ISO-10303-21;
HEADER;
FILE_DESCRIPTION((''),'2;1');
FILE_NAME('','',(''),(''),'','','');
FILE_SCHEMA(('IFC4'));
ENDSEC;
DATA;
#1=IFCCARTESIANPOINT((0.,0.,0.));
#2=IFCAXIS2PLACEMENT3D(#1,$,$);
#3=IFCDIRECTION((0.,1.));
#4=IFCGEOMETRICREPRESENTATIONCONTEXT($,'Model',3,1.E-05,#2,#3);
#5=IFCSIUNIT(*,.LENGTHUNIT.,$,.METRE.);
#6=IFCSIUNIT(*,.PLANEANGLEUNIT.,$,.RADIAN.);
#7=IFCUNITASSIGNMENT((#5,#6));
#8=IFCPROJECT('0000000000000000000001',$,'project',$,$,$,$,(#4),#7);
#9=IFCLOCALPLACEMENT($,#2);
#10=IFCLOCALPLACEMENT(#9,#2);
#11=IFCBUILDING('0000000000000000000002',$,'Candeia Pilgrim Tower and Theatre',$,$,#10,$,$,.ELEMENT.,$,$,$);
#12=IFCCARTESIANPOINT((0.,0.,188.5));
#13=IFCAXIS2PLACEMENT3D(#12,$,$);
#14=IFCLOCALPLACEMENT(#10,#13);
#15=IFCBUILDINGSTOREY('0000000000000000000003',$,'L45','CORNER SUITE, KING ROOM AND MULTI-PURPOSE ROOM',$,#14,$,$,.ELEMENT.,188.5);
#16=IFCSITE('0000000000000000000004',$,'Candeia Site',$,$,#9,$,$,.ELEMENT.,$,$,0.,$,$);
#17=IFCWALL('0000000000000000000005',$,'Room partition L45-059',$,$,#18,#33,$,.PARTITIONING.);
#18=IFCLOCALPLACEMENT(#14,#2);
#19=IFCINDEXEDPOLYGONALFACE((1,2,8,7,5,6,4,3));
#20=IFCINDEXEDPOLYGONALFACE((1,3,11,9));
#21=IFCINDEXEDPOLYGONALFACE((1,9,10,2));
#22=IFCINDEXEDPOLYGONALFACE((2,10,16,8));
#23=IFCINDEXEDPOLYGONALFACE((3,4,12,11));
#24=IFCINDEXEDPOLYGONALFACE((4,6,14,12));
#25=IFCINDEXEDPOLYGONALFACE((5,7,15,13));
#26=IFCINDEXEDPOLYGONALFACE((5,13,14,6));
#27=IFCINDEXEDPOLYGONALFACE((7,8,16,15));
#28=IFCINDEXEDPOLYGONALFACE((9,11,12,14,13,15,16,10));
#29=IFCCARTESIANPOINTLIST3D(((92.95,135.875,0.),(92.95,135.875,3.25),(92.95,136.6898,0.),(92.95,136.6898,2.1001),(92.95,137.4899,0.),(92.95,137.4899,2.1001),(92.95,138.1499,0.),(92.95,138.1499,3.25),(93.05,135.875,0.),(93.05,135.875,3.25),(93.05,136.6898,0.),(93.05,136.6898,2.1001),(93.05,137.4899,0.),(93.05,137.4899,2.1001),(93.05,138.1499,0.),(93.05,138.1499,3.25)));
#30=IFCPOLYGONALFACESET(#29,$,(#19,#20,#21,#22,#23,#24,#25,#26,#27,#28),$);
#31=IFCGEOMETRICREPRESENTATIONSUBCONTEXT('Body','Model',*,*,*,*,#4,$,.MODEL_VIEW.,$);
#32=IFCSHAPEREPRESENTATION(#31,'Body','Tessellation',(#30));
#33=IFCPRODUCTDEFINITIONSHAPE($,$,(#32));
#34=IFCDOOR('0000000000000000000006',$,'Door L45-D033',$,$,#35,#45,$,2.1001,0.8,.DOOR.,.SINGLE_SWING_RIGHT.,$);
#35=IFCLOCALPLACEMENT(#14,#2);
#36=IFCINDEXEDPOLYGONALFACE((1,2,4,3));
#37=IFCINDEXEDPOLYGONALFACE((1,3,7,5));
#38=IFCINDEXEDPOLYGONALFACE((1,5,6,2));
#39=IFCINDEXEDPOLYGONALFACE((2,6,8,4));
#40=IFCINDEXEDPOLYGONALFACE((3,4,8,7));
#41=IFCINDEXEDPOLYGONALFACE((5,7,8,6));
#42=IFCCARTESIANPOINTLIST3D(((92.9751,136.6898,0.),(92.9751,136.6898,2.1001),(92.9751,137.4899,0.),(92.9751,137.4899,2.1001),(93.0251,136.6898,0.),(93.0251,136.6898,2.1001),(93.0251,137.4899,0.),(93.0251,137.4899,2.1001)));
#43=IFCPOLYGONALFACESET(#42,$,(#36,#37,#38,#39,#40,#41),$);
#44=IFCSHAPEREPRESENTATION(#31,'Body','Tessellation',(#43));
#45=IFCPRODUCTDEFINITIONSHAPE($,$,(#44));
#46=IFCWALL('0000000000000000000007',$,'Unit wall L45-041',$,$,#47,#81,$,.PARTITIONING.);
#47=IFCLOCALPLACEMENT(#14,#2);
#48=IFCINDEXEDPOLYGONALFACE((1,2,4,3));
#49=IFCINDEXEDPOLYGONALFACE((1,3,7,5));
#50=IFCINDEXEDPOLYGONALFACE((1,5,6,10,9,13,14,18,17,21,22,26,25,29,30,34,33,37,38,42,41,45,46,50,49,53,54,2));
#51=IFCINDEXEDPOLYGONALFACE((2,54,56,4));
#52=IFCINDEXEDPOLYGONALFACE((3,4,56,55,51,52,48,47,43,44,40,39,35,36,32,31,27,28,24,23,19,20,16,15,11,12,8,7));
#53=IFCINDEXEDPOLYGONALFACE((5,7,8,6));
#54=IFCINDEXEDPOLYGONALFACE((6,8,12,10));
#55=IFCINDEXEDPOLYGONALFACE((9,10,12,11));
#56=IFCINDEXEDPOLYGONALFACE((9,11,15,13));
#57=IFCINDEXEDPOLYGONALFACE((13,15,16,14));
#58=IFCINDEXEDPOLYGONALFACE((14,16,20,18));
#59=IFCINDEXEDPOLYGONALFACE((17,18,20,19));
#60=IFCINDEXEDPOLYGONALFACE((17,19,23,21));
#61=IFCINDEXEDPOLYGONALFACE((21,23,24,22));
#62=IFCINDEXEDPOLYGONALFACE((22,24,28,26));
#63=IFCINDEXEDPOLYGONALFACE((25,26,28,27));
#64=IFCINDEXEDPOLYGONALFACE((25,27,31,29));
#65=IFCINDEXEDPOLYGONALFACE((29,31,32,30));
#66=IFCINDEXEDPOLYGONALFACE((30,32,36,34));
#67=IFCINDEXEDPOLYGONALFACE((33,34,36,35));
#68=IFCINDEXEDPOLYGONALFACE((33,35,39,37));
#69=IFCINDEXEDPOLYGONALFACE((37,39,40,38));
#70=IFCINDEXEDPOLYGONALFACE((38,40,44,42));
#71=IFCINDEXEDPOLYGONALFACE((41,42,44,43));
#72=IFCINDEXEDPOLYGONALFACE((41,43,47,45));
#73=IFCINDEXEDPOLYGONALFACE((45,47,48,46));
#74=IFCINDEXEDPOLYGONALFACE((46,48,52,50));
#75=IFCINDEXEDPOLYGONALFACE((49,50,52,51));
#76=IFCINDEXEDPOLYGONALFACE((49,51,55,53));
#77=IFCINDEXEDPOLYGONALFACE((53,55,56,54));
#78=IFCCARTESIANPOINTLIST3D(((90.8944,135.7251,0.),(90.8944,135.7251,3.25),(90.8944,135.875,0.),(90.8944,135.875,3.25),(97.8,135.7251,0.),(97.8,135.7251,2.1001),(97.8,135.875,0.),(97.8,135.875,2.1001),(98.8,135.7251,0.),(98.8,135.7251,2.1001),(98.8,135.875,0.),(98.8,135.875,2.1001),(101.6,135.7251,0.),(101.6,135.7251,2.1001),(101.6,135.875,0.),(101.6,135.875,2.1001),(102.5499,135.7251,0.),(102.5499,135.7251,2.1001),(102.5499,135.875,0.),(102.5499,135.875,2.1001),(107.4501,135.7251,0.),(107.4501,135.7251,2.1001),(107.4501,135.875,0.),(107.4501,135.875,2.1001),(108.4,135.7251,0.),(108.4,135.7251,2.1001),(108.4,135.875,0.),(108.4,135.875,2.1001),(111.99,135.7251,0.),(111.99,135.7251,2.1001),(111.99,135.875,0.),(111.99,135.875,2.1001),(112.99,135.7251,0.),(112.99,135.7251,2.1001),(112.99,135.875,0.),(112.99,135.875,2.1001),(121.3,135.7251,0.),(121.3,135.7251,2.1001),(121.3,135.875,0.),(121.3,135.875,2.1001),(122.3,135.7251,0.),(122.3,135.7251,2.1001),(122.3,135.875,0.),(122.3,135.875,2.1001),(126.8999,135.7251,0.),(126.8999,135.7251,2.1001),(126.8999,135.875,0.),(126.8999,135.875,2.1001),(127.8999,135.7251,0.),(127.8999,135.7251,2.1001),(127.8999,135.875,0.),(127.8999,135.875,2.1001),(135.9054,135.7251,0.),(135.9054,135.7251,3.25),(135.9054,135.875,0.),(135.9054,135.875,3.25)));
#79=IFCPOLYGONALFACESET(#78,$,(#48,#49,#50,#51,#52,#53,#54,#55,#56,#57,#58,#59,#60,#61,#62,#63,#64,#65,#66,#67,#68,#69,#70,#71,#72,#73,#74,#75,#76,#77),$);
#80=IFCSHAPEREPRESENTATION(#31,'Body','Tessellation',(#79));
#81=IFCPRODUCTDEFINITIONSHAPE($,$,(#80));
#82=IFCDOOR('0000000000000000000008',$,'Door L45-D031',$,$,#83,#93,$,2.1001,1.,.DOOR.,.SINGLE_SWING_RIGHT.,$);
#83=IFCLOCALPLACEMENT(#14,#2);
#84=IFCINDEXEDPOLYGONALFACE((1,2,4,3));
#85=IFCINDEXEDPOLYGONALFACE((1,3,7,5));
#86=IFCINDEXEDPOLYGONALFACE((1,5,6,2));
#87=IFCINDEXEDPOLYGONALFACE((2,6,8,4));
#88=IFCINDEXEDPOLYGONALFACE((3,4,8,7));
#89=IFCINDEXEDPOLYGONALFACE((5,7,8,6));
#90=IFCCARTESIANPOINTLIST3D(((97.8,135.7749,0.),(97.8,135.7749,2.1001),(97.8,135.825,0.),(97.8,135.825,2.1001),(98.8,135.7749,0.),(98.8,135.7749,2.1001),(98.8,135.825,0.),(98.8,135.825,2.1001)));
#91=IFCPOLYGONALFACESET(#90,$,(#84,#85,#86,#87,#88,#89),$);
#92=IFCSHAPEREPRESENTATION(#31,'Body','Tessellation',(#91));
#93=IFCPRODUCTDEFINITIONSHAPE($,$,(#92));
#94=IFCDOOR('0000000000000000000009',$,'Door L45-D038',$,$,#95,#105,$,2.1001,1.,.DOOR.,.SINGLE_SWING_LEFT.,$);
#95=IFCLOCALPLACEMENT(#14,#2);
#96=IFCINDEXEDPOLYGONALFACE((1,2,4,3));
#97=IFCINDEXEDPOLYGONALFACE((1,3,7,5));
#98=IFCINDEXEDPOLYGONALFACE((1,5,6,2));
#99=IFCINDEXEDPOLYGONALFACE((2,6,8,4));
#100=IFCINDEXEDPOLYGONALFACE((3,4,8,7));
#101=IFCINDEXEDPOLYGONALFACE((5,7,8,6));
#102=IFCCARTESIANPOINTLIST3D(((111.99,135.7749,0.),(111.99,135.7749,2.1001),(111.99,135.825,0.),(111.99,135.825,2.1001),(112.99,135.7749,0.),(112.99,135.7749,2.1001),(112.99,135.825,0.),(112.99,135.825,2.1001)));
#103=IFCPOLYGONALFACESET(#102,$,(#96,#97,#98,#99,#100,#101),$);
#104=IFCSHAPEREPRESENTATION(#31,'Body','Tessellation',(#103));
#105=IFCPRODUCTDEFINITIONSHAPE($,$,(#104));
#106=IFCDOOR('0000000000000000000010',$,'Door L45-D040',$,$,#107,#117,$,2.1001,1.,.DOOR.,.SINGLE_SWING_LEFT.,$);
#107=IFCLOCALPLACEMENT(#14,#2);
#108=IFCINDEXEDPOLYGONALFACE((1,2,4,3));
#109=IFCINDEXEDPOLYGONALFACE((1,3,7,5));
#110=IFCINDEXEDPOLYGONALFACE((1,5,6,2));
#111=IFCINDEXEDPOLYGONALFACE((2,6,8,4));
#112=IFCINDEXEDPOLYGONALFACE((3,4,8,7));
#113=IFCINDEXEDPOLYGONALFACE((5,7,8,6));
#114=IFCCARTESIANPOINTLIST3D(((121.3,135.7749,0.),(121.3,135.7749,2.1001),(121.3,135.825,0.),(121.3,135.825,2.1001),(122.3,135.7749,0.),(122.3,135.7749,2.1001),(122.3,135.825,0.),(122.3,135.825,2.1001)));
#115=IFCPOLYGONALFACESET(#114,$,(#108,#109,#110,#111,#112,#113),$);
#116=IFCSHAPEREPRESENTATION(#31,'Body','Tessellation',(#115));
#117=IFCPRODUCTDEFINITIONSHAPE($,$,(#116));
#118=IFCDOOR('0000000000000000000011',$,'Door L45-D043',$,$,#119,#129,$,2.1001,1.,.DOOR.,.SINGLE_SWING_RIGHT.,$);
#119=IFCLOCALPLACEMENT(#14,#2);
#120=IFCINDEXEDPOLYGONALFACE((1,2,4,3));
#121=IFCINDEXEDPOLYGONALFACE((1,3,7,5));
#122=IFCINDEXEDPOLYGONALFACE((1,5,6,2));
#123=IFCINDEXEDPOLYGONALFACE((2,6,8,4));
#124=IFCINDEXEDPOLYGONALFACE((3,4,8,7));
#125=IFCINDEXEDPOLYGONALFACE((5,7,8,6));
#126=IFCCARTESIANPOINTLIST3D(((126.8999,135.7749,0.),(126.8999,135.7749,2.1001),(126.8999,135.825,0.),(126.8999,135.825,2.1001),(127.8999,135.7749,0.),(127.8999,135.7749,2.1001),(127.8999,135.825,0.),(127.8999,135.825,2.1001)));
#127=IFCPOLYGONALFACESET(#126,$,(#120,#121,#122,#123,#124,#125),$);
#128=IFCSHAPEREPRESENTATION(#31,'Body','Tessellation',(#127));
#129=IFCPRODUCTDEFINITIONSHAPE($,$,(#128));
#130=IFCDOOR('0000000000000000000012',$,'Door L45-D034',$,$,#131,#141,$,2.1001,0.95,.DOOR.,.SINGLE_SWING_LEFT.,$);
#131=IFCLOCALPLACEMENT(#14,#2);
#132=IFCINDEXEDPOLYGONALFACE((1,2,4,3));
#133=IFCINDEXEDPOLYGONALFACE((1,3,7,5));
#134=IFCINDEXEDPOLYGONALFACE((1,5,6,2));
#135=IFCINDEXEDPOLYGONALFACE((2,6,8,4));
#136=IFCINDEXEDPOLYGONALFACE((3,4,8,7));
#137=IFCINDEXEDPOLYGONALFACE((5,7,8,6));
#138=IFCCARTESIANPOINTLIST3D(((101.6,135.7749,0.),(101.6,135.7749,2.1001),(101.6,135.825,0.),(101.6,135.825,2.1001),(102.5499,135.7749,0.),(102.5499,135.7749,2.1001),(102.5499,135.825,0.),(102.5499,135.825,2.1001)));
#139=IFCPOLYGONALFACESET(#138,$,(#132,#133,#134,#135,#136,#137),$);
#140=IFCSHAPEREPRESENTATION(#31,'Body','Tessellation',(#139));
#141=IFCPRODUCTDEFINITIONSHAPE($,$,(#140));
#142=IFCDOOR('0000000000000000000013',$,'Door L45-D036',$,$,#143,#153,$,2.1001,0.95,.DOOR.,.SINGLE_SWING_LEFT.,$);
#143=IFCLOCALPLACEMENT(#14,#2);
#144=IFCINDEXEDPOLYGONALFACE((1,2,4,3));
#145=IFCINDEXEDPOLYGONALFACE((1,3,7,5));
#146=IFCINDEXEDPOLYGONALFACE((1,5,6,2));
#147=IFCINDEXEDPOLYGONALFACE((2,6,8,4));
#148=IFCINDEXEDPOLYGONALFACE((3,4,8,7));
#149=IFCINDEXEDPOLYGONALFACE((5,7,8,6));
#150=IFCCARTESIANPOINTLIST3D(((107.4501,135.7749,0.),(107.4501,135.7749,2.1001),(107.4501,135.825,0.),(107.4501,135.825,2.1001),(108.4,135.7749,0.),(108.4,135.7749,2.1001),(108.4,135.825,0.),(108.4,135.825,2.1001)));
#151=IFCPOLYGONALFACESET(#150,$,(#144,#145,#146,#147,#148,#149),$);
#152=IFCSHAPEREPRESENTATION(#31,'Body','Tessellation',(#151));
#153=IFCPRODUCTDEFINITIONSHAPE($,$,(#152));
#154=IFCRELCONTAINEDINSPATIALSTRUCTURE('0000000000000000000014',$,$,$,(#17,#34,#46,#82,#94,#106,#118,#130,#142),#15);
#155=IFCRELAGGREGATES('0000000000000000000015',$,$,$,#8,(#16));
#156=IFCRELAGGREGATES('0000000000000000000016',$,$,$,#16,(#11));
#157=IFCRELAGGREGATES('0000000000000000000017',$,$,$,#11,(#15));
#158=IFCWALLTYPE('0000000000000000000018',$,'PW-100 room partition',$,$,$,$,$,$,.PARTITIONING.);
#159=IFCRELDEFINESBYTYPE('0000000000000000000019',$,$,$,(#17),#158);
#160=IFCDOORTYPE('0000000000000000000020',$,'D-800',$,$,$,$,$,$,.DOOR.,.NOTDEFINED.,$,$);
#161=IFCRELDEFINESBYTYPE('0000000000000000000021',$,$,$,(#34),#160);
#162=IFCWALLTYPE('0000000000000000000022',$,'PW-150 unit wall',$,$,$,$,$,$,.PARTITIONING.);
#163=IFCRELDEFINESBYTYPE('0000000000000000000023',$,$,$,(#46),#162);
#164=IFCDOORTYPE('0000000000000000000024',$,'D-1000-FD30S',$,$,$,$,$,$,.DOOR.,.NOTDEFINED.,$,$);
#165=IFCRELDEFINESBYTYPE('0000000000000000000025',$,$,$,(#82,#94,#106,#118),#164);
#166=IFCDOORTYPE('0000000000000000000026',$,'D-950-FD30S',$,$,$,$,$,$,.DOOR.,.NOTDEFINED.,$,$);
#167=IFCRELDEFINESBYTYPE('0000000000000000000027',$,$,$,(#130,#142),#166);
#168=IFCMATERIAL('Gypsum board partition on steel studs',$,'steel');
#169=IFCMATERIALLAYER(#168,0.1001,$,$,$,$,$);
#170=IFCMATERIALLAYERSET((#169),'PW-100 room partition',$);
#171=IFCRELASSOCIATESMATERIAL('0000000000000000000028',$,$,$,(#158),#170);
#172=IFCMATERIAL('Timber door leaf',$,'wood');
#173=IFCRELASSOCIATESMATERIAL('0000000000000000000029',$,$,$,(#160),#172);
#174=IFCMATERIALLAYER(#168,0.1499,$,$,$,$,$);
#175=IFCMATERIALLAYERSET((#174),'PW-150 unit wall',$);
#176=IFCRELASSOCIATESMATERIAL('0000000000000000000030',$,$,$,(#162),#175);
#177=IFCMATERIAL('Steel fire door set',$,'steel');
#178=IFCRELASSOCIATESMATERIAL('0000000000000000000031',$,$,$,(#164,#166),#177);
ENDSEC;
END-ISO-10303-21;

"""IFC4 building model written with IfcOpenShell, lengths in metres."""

from ifc_helpers import new_model, si_unit, direction, frame, frame_2d, origin, place, context, subcontext, project, spatial, rectangle, extrude, material, layer, layer_set, type_object, element, fill, save


model = new_model("IFC4")

# Units and contexts
model_context = context("Model", 3, precision=1e-05, world=origin(), true_north=direction((0.0, 1.0)))
body_context = subcontext(model_context, "Body", "Model", "MODEL_VIEW")
ifc_project = project(units=[si_unit("LENGTHUNIT", "METRE"), si_unit("PLANEANGLEUNIT", "RADIAN")], contexts=[model_context])

# Site, building, storey
site_placement = place(None, origin())
site = spatial("IfcSite", under=ifc_project, at=site_placement, Name="Candeia Site", CompositionType="ELEMENT", RefElevation=0.0)
building_placement = place(site_placement, origin())
building = spatial("IfcBuilding", under=site, at=building_placement, Name="Candeia Pilgrim Tower and Theatre", CompositionType="ELEMENT")
storey_placement = place(building_placement, frame((0.0, 0.0, 188.5)))
storey = spatial("IfcBuildingStorey", under=building, at=storey_placement, Name="L45", Description="CORNER SUITE, KING ROOM AND MULTI-PURPOSE ROOM", CompositionType="ELEMENT", Elevation=188.5)

# Shared definitions
ifc_material_1 = material(Name="Gypsum board partition on steel studs", Category="steel")
ifc_layer_1 = layer(ifc_material_1, 0.1001)
ifc_layer_set_1 = layer_set([ifc_layer_1], Name="PW-100 room partition")
wall_type_1 = type_object("IfcWallType", Name="PW-100 room partition", PredefinedType="PARTITIONING", material=ifc_layer_set_1)

# Wall, opening, door
wall_1_placement = place(storey_placement, frame((93.0, 135.875, 0.0), z_axis=(0.0, 0.0, 1.0), x_axis=(0.0, 1.0, 0.0)))
wall_1 = element("IfcWall", 1, at=wall_1_placement, inside=storey, type_object=wall_type_1, Name="Room partition L45-059", PredefinedType="PARTITIONING", context=body_context, shape_type="SweptSolid", body=[
    extrude(rectangle(XDim=2.2749, YDim=0.1001, at=frame_2d((1.1375, 0.0))), origin(), (0.0, 0.0, 1.0), 3.25),
])
opening_1_placement = place(wall_1_placement, frame((0.8149, 0.0, 0.0)))
opening_1 = element("IfcOpeningElement", 2, at=opening_1_placement, cuts=wall_1, PredefinedType="OPENING", context=body_context, shape_type="SweptSolid", body=[
    extrude(rectangle(XDim=0.8, YDim=2.1001, at=frame_2d((0.3999, 1.05))), frame((0.0, 0.0601, 0.0), z_axis=(0.0, -1.0, 0.0), x_axis=(1.0, 0.0, 0.0)), (0.0, 0.0, 1.0), 0.1201),
])
ifc_material_2 = material(Name="Timber door leaf", Category="wood")
door_type_1 = type_object("IfcDoorType", Name="D-800", OperationType="NOTDEFINED", PredefinedType="DOOR", material=ifc_material_2)
door_1_placement = place(opening_1_placement, origin())
door_1 = element("IfcDoor", 3, at=door_1_placement, inside=storey, type_object=door_type_1, Name="Door L45-D033", OperationType="SINGLE_SWING_RIGHT", OverallHeight=2.1001, OverallWidth=0.8, PredefinedType="DOOR", context=body_context, shape_type="SweptSolid", body=[
    extrude(rectangle(XDim=0.8, YDim=2.1001, at=frame_2d((0.3999, 1.05))), frame((0.0, 0.0249, 0.0), z_axis=(0.0, -1.0, 0.0), x_axis=(1.0, 0.0, 0.0)), (0.0, 0.0, 1.0), 0.05),
])
fill(opening_1, door_1)

# Wall, openings, doors
ifc_layer_2 = layer(ifc_material_1, 0.1499)
ifc_layer_set_2 = layer_set([ifc_layer_2], Name="PW-150 unit wall")
wall_type_2 = type_object("IfcWallType", Name="PW-150 unit wall", PredefinedType="PARTITIONING", material=ifc_layer_set_2)
wall_2_placement = place(storey_placement, frame((90.8945, 135.8, 0.0), z_axis=(0.0, 0.0, 1.0), x_axis=(1.0, 0.0, 0.0)))
wall_2 = element("IfcWall", 4, at=wall_2_placement, inside=storey, type_object=wall_type_2, Name="Unit wall L45-041", PredefinedType="PARTITIONING", context=body_context, shape_type="SweptSolid", body=[
    extrude(rectangle(XDim=45.011, YDim=0.1499, at=frame_2d((22.5054, 0.0))), origin(), (0.0, 0.0, 1.0), 3.25),
])
opening_2_placement = place(wall_2_placement, frame((6.9055, 0.0, 0.0)))
opening_2 = element("IfcOpeningElement", 5, at=opening_2_placement, cuts=wall_2, PredefinedType="OPENING", context=body_context, shape_type="SweptSolid", body=[
    extrude(rectangle(XDim=1.0, YDim=2.1001, at=frame_2d((0.5, 1.05))), frame((0.0, 0.085, 0.0), z_axis=(0.0, -1.0, 0.0), x_axis=(1.0, 0.0, 0.0)), (0.0, 0.0, 1.0), 0.1699),
])
opening_3_placement = place(wall_2_placement, frame((10.7053, 0.0, 0.0)))
opening_3 = element("IfcOpeningElement", 6, at=opening_3_placement, cuts=wall_2, PredefinedType="OPENING", context=body_context, shape_type="SweptSolid", body=[
    extrude(rectangle(XDim=0.95, YDim=2.1001, at=frame_2d((0.4751, 1.05))), frame((0.0, 0.085, 0.0), z_axis=(0.0, -1.0, 0.0), x_axis=(1.0, 0.0, 0.0)), (0.0, 0.0, 1.0), 0.1699),
])
opening_4_placement = place(wall_2_placement, frame((16.5554, 0.0, 0.0)))
opening_4 = element("IfcOpeningElement", 7, at=opening_4_placement, cuts=wall_2, PredefinedType="OPENING", context=body_context, shape_type="SweptSolid", body=[
    extrude(rectangle(XDim=0.95, YDim=2.1001, at=frame_2d((0.4751, 1.05))), frame((0.0, 0.085, 0.0), z_axis=(0.0, -1.0, 0.0), x_axis=(1.0, 0.0, 0.0)), (0.0, 0.0, 1.0), 0.1699),
])
opening_5_placement = place(wall_2_placement, frame((21.0955, 0.0, 0.0)))
opening_5 = element("IfcOpeningElement", 8, at=opening_5_placement, cuts=wall_2, PredefinedType="OPENING", context=body_context, shape_type="SweptSolid", body=[
    extrude(rectangle(XDim=1.0, YDim=2.1001, at=frame_2d((0.5, 1.05))), frame((0.0, 0.085, 0.0), z_axis=(0.0, -1.0, 0.0), x_axis=(1.0, 0.0, 0.0)), (0.0, 0.0, 1.0), 0.1699),
])
opening_6_placement = place(wall_2_placement, frame((30.4055, 0.0, 0.0)))
opening_6 = element("IfcOpeningElement", 9, at=opening_6_placement, cuts=wall_2, PredefinedType="OPENING", context=body_context, shape_type="SweptSolid", body=[
    extrude(rectangle(XDim=1.0, YDim=2.1001, at=frame_2d((0.5, 1.05))), frame((0.0, 0.085, 0.0), z_axis=(0.0, -1.0, 0.0), x_axis=(1.0, 0.0, 0.0)), (0.0, 0.0, 1.0), 0.1699),
])
opening_7_placement = place(wall_2_placement, frame((36.0054, 0.0, 0.0)))
opening_7 = element("IfcOpeningElement", 10, at=opening_7_placement, cuts=wall_2, PredefinedType="OPENING", context=body_context, shape_type="SweptSolid", body=[
    extrude(rectangle(XDim=1.0, YDim=2.1001, at=frame_2d((0.5, 1.05))), frame((0.0, 0.085, 0.0), z_axis=(0.0, -1.0, 0.0), x_axis=(1.0, 0.0, 0.0)), (0.0, 0.0, 1.0), 0.1699),
])
ifc_material_3 = material(Name="Steel fire door set", Category="steel")
door_type_2 = type_object("IfcDoorType", Name="D-1000-FD30S", OperationType="NOTDEFINED", PredefinedType="DOOR", material=ifc_material_3)
door_2_placement = place(opening_2_placement, origin())
door_2 = element("IfcDoor", 11, at=door_2_placement, inside=storey, type_object=door_type_2, Name="Door L45-D031", OperationType="SINGLE_SWING_RIGHT", OverallHeight=2.1001, OverallWidth=1.0, PredefinedType="DOOR", context=body_context, shape_type="SweptSolid", body=[
    extrude(rectangle(XDim=1.0, YDim=2.1001, at=frame_2d((0.5, 1.05))), frame((0.0, 0.0249, 0.0), z_axis=(0.0, -1.0, 0.0), x_axis=(1.0, 0.0, 0.0)), (0.0, 0.0, 1.0), 0.05),
])
fill(opening_2, door_2)
door_3_placement = place(opening_5_placement, origin())
door_3 = element("IfcDoor", 12, at=door_3_placement, inside=storey, type_object=door_type_2, Name="Door L45-D038", OperationType="SINGLE_SWING_LEFT", OverallHeight=2.1001, OverallWidth=1.0, PredefinedType="DOOR", context=body_context, shape_type="SweptSolid", body=[
    extrude(rectangle(XDim=1.0, YDim=2.1001, at=frame_2d((0.5, 1.05))), frame((0.0, 0.0249, 0.0), z_axis=(0.0, -1.0, 0.0), x_axis=(1.0, 0.0, 0.0)), (0.0, 0.0, 1.0), 0.05),
])
fill(opening_5, door_3)
door_4_placement = place(opening_6_placement, origin())
door_4 = element("IfcDoor", 13, at=door_4_placement, inside=storey, type_object=door_type_2, Name="Door L45-D040", OperationType="SINGLE_SWING_LEFT", OverallHeight=2.1001, OverallWidth=1.0, PredefinedType="DOOR", context=body_context, shape_type="SweptSolid", body=[
    extrude(rectangle(XDim=1.0, YDim=2.1001, at=frame_2d((0.5, 1.05))), frame((0.0, 0.0249, 0.0), z_axis=(0.0, -1.0, 0.0), x_axis=(1.0, 0.0, 0.0)), (0.0, 0.0, 1.0), 0.05),
])
fill(opening_6, door_4)
door_5_placement = place(opening_7_placement, origin())
door_5 = element("IfcDoor", 14, at=door_5_placement, inside=storey, type_object=door_type_2, Name="Door L45-D043", OperationType="SINGLE_SWING_RIGHT", OverallHeight=2.1001, OverallWidth=1.0, PredefinedType="DOOR", context=body_context, shape_type="SweptSolid", body=[
    extrude(rectangle(XDim=1.0, YDim=2.1001, at=frame_2d((0.5, 1.05))), frame((0.0, 0.0249, 0.0), z_axis=(0.0, -1.0, 0.0), x_axis=(1.0, 0.0, 0.0)), (0.0, 0.0, 1.0), 0.05),
])
fill(opening_7, door_5)
door_type_3 = type_object("IfcDoorType", Name="D-950-FD30S", OperationType="NOTDEFINED", PredefinedType="DOOR", material=ifc_material_3)
door_6_placement = place(opening_3_placement, origin())
door_6 = element("IfcDoor", 15, at=door_6_placement, inside=storey, type_object=door_type_3, Name="Door L45-D034", OperationType="SINGLE_SWING_LEFT", OverallHeight=2.1001, OverallWidth=0.95, PredefinedType="DOOR", context=body_context, shape_type="SweptSolid", body=[
    extrude(rectangle(XDim=0.95, YDim=2.1001, at=frame_2d((0.4751, 1.05))), frame((0.0, 0.0249, 0.0), z_axis=(0.0, -1.0, 0.0), x_axis=(1.0, 0.0, 0.0)), (0.0, 0.0, 1.0), 0.05),
])
fill(opening_3, door_6)
door_7_placement = place(opening_4_placement, origin())
door_7 = element("IfcDoor", 16, at=door_7_placement, inside=storey, type_object=door_type_3, Name="Door L45-D036", OperationType="SINGLE_SWING_LEFT", OverallHeight=2.1001, OverallWidth=0.95, PredefinedType="DOOR", context=body_context, shape_type="SweptSolid", body=[
    extrude(rectangle(XDim=0.95, YDim=2.1001, at=frame_2d((0.4751, 1.05))), frame((0.0, 0.0249, 0.0), z_axis=(0.0, -1.0, 0.0), x_axis=(1.0, 0.0, 0.0)), (0.0, 0.0, 1.0), 0.05),
])
fill(opening_4, door_7)

save(model, "model.ifc")
